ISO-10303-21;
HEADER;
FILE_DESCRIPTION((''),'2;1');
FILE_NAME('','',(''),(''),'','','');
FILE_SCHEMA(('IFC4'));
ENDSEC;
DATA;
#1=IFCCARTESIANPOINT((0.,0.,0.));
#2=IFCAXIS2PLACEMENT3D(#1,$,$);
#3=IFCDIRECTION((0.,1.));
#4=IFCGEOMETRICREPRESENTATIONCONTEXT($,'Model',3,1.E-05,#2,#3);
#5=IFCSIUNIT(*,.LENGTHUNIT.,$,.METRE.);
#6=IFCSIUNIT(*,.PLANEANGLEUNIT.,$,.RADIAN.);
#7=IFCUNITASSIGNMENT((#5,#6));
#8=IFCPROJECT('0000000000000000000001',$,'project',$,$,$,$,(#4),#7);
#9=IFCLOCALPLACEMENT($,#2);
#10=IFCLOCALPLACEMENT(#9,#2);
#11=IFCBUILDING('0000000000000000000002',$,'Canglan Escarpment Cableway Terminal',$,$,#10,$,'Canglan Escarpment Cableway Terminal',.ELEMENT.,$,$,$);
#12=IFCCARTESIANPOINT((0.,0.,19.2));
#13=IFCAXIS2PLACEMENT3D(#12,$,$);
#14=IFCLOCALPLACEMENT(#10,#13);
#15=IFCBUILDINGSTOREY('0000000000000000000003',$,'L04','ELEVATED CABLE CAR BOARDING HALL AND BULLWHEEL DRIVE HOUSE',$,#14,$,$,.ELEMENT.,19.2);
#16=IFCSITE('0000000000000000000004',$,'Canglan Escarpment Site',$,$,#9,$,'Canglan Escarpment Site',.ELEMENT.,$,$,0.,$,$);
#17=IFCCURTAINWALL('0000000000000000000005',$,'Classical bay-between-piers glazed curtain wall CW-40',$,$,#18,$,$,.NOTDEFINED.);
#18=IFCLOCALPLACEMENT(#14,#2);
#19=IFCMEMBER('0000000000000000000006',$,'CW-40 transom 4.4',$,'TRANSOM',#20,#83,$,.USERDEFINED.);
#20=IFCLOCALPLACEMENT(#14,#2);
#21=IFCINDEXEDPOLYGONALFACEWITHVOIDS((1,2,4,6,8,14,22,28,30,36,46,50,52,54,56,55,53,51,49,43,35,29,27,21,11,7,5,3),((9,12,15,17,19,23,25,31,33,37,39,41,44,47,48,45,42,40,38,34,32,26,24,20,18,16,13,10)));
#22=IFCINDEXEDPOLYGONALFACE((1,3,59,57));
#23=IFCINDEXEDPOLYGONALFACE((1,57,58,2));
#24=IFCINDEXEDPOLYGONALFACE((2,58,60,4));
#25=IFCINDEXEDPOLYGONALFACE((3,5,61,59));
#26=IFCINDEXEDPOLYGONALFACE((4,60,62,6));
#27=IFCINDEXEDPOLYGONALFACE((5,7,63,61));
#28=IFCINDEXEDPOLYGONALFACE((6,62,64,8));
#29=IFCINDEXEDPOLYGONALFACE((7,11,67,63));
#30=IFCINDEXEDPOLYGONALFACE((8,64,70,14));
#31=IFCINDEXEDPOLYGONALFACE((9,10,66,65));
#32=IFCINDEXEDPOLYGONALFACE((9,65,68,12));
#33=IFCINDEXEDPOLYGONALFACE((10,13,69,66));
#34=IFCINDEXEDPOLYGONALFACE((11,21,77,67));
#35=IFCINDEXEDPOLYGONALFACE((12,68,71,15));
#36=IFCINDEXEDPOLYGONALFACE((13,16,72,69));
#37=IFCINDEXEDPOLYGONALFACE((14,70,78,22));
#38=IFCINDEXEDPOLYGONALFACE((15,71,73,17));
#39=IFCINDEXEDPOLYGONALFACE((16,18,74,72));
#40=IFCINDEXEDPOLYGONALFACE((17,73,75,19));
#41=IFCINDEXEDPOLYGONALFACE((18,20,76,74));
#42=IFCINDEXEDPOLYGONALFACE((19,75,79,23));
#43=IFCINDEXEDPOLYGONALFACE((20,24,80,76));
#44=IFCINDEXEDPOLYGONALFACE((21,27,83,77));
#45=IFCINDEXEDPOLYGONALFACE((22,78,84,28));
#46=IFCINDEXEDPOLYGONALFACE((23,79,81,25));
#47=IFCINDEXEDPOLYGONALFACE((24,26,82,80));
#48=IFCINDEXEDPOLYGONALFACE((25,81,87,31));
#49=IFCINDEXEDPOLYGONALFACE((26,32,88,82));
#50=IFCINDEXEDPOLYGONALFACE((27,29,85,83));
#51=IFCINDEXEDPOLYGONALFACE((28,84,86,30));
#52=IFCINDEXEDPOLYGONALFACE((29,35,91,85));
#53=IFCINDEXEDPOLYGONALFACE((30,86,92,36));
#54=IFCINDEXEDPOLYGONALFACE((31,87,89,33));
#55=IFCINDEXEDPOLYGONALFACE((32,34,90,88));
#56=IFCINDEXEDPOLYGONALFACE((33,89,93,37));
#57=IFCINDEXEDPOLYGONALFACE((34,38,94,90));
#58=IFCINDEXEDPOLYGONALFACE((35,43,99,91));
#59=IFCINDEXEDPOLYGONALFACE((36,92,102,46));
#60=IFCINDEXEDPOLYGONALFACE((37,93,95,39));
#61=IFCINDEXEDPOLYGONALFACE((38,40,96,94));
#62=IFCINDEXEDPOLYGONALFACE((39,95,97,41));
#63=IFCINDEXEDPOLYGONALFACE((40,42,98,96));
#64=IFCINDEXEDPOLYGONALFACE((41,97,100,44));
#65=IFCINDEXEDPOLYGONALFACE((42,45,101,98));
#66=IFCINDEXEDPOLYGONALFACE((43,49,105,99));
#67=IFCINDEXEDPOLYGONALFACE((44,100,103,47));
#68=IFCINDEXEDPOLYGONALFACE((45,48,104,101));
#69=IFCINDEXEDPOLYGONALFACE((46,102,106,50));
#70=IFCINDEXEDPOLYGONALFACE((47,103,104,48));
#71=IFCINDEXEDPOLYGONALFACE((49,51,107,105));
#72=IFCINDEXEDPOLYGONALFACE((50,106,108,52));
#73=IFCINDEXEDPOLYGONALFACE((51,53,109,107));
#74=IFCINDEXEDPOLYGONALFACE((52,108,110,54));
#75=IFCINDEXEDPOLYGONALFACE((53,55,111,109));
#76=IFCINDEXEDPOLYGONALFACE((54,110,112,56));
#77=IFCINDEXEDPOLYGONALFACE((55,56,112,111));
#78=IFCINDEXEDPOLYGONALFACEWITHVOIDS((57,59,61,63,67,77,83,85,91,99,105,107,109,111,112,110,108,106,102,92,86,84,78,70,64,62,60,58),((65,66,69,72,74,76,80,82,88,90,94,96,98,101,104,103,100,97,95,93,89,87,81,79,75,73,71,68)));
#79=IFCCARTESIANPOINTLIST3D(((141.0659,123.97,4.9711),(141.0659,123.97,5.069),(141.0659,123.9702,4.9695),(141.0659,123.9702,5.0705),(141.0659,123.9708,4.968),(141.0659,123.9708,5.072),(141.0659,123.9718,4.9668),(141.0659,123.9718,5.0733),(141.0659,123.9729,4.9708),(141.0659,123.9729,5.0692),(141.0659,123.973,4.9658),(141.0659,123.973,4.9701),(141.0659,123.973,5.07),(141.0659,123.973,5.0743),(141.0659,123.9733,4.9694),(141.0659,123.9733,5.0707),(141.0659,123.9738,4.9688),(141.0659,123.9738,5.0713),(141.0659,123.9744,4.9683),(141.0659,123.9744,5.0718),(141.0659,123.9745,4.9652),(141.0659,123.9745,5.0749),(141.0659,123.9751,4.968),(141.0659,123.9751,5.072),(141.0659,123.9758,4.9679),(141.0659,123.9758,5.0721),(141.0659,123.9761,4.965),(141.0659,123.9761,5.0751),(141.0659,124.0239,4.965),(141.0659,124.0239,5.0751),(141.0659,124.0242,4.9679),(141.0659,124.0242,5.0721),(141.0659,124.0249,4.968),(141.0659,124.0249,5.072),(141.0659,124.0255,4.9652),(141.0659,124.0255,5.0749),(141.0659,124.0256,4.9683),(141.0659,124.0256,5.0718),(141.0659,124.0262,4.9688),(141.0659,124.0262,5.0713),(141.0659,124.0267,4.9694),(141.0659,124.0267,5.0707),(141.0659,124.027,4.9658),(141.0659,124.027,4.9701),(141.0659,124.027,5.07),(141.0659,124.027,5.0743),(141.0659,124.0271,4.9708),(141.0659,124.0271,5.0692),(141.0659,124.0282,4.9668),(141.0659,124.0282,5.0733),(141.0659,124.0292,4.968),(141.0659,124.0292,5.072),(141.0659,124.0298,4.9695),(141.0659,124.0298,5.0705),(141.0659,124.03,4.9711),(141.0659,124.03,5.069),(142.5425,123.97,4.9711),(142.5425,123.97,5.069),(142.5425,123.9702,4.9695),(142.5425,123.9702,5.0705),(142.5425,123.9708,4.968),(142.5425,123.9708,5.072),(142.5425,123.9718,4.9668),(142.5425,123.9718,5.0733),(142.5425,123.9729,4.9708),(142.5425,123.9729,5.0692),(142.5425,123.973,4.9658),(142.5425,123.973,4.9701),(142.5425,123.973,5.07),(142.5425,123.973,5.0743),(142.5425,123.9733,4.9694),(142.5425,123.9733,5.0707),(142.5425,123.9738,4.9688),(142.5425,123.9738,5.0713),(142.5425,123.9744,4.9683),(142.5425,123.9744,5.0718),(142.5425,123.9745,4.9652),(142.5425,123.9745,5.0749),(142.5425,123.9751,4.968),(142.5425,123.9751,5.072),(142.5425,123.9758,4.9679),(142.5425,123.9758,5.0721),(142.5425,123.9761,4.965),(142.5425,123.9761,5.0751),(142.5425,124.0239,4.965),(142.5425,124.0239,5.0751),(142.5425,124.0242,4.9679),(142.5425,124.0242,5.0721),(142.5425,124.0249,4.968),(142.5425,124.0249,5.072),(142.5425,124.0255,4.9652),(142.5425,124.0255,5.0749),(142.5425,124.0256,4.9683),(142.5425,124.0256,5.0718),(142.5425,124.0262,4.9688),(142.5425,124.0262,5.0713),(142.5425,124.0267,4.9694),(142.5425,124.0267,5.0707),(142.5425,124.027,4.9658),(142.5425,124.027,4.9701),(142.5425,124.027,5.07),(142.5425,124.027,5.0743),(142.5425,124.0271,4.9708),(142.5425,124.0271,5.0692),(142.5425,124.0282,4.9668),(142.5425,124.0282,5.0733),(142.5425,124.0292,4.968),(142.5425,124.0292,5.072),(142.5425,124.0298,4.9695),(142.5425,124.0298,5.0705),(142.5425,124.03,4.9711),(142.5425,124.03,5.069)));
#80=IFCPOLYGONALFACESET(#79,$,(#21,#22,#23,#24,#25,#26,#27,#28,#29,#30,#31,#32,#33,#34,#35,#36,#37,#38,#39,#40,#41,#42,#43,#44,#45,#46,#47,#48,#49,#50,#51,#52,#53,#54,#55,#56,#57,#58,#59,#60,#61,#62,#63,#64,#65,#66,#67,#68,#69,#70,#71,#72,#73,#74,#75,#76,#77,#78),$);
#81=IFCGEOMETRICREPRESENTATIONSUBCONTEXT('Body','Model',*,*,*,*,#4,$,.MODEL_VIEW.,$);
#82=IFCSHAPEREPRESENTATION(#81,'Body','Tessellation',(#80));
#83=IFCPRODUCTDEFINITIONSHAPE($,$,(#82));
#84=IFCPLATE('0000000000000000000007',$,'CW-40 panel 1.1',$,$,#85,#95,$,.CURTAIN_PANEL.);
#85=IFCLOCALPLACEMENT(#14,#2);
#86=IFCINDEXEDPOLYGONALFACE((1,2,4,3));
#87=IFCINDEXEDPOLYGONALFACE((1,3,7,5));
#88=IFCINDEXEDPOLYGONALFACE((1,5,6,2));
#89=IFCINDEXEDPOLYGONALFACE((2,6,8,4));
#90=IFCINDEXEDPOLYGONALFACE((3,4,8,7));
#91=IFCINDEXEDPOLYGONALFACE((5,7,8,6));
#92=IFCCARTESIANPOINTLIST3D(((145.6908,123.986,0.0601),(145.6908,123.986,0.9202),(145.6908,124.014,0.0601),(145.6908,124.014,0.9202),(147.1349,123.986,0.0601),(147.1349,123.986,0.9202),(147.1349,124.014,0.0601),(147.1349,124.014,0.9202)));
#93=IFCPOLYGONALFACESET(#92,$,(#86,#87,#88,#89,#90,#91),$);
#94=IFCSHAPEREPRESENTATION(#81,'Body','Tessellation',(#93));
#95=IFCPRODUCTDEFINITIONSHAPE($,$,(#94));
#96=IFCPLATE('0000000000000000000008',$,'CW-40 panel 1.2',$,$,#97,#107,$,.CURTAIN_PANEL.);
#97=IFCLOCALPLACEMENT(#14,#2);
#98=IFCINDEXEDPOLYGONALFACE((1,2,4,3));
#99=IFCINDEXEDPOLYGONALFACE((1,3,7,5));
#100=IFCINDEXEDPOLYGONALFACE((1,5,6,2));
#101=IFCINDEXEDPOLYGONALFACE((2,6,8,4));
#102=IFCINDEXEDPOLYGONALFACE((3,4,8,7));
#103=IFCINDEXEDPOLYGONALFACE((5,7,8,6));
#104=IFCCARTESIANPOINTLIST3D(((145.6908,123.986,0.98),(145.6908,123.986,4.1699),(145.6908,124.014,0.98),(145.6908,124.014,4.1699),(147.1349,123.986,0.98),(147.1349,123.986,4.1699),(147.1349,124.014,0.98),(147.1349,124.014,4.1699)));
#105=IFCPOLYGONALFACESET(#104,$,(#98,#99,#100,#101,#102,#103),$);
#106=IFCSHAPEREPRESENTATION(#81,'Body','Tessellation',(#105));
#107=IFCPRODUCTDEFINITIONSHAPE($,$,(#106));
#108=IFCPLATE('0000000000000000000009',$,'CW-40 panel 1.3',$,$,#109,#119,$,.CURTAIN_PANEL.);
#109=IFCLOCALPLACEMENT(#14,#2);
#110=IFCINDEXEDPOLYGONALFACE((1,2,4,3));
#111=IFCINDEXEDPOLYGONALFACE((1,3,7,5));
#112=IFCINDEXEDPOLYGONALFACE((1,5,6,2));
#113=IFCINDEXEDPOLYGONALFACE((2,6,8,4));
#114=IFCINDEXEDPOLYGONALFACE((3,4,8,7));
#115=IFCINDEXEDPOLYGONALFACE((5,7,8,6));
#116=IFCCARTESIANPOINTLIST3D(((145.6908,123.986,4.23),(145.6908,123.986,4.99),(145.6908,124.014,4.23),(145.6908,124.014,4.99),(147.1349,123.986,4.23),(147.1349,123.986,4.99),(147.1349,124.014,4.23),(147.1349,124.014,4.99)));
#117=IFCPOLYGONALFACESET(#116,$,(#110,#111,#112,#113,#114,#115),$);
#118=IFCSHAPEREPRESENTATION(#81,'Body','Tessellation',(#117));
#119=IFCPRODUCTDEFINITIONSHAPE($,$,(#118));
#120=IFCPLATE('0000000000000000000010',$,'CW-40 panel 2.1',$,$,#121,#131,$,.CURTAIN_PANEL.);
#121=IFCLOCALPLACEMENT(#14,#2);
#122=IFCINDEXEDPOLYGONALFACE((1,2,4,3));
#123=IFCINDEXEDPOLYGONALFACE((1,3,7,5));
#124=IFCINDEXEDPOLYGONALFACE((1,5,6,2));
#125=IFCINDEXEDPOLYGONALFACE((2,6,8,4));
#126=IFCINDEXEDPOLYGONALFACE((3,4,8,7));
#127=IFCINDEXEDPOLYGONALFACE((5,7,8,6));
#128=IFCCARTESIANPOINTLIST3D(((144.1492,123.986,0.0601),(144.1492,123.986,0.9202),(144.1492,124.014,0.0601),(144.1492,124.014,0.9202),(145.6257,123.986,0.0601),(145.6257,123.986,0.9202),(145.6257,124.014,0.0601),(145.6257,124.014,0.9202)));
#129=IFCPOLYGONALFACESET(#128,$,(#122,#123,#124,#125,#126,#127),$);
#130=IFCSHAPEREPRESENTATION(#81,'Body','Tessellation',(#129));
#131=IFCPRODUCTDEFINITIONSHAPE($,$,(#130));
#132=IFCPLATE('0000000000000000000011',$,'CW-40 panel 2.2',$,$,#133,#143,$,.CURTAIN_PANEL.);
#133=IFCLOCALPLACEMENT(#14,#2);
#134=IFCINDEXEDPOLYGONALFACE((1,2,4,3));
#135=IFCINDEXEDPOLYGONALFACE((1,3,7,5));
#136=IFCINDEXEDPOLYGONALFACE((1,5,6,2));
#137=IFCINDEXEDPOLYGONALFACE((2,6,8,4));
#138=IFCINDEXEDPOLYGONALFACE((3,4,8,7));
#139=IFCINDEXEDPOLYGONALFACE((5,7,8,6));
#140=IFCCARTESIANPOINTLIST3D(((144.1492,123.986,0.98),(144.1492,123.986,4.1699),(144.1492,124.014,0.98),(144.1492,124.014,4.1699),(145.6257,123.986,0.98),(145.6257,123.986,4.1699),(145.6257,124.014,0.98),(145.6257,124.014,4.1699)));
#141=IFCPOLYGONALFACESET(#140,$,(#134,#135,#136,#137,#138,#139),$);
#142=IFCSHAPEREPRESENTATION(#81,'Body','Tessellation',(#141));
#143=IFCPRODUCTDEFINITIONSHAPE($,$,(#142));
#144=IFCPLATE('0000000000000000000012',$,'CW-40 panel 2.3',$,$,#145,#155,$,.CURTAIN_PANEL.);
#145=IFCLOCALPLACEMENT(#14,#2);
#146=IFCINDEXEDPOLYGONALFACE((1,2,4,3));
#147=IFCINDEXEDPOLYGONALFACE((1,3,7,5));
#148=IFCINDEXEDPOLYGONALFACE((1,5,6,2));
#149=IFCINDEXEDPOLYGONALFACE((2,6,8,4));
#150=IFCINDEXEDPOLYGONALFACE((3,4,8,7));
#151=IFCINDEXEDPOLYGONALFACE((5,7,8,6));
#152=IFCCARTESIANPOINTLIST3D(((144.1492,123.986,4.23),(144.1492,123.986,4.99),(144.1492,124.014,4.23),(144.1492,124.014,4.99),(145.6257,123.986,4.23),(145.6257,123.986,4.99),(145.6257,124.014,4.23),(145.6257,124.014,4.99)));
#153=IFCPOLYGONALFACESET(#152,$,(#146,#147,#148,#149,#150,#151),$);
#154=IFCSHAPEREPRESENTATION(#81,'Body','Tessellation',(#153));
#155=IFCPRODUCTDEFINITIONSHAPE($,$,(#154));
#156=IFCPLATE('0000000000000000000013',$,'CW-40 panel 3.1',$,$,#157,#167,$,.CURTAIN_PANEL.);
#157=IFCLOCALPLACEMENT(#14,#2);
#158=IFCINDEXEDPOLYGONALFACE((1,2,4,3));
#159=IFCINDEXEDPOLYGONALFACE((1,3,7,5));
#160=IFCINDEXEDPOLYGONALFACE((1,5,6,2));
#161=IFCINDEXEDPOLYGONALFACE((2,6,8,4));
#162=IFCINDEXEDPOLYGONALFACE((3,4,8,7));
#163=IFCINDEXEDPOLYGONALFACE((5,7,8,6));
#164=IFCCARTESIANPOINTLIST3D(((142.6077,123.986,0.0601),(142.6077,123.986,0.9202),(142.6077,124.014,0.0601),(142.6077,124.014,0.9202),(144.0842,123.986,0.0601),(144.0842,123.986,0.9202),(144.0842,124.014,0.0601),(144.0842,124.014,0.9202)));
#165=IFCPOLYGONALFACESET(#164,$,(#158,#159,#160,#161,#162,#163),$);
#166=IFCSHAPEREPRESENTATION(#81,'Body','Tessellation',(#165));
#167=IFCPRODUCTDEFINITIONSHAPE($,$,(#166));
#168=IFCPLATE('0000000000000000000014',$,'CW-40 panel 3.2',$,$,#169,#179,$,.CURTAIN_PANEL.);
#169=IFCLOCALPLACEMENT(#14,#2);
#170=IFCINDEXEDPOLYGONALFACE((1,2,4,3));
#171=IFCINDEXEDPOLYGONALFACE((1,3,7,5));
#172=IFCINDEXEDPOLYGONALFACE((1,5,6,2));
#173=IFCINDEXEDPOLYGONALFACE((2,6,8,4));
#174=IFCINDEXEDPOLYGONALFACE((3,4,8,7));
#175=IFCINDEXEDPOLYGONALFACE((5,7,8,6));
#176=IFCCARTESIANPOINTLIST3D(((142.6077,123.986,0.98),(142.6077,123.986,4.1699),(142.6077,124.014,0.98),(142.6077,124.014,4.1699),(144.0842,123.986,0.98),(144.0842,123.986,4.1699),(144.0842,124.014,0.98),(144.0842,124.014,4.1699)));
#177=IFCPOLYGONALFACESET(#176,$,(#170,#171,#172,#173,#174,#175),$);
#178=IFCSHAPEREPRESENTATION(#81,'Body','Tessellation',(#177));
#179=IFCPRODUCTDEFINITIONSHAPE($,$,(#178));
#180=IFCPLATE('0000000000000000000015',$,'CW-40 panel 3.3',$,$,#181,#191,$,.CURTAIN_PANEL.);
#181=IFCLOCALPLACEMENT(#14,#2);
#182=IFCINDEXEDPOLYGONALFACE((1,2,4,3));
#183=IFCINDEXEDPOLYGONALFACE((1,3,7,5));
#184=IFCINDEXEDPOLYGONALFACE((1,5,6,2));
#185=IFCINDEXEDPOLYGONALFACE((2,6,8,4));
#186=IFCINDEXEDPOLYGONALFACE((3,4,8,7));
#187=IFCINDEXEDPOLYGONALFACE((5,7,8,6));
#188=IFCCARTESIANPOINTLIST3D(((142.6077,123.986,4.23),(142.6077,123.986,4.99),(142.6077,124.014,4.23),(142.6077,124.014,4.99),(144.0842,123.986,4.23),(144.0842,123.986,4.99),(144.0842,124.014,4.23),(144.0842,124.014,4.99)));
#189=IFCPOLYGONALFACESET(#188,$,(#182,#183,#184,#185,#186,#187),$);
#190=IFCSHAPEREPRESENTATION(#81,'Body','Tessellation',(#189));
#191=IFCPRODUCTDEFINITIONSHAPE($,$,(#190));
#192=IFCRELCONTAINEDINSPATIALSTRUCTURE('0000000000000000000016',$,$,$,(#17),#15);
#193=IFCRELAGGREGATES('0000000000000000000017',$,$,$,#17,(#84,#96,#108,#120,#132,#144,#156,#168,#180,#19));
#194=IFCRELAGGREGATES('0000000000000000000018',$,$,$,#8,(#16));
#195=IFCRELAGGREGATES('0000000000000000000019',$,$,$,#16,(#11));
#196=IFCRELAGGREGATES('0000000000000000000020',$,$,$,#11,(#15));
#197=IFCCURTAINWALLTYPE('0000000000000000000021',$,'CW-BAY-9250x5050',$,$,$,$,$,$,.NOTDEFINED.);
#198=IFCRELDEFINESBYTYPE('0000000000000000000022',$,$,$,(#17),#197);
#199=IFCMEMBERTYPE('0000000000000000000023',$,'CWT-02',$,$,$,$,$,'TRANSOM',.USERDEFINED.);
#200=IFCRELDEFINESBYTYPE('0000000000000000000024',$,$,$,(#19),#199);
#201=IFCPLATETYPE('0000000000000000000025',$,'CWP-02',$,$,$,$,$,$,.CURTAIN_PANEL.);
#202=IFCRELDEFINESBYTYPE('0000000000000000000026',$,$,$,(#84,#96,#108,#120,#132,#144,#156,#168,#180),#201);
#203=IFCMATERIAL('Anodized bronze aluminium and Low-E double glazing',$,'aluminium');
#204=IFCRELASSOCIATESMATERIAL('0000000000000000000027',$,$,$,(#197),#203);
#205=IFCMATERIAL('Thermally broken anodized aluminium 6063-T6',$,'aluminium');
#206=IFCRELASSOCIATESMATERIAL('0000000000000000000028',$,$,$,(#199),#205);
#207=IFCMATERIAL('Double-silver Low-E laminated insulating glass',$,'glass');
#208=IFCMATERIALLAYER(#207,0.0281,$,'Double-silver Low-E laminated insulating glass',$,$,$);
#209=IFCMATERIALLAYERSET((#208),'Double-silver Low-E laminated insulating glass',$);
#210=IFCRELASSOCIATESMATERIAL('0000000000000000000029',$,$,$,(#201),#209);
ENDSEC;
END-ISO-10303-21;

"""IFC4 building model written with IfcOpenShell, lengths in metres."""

from ifc_helpers import new_model, si_unit, direction, frame, origin, origin_2d, place, context, subcontext, project, spatial, rectangle, hollow_rectangle, extrude, material, layer, layer_set, material_profile, profile_set, type_object, element, aggregate, save


model = new_model("IFC4")

# Units and contexts
model_context = context("Model", 3, precision=1e-05, world=origin(), true_north=direction((0.0, 1.0)))
body_context = subcontext(model_context, "Body", "Model", "MODEL_VIEW")
ifc_project = project(units=[si_unit("LENGTHUNIT", "METRE"), si_unit("PLANEANGLEUNIT", "RADIAN")], contexts=[model_context])

# Site, building, storey
site_placement = place(None, origin())
site = spatial("IfcSite", under=ifc_project, at=site_placement, Name="Canglan Escarpment Site", LongName="Canglan Escarpment Site", CompositionType="ELEMENT", RefElevation=0.0)
building_placement = place(site_placement, origin())
building = spatial("IfcBuilding", under=site, at=building_placement, Name="Canglan Escarpment Cableway Terminal", LongName="Canglan Escarpment Cableway Terminal", CompositionType="ELEMENT")
storey_placement = place(building_placement, frame((0.0, 0.0, 19.2)))
storey = spatial("IfcBuildingStorey", under=building, at=storey_placement, Name="L04", Description="ELEVATED CABLE CAR BOARDING HALL AND BULLWHEEL DRIVE HOUSE", CompositionType="ELEMENT", Elevation=19.2)

# Curtain wall, member, plates
ifc_material_1 = material(Name="Anodized bronze aluminium and Low-E double glazing", Category="aluminium")
curtain_wall_type = type_object("IfcCurtainWallType", Name="CW-BAY-9250x5050", PredefinedType="NOTDEFINED", material=ifc_material_1)
curtain_wall_placement = place(storey_placement, origin())
curtain_wall = element("IfcCurtainWall", 1, at=curtain_wall_placement, inside=storey, type_object=curtain_wall_type, Name="Classical bay-between-piers glazed curtain wall CW-40", PredefinedType="NOTDEFINED")
ifc_material_2 = material(Name="Thermally broken anodized aluminium 6063-T6", Category="aluminium")
ifc_material_profile_1 = material_profile(ifc_material_2, hollow_rectangle(XDim=0.0601, YDim=0.1101, WallThickness=0.0029, InnerFilletRadius=0.0029, OuterFilletRadius=0.0061, at=origin_2d()), Name="ALU-TRAN 60x110x3")
ifc_profile_set_1 = profile_set([ifc_material_profile_1], Name="Thermally broken anodized aluminium 6063-T6")
member_type_1 = type_object("IfcMemberType", Name="CWT-02", ElementType="TRANSOM", PredefinedType="USERDEFINED", material=ifc_profile_set_1)
member_1_placement = place(storey_placement, frame((142.5425, 124.0, 5.02), z_axis=(-1.0, 0.0, 0.0), x_axis=(0.0, -1.0, 0.0)))
member_1 = element("IfcMember", 2, at=member_1_placement, type_object=member_type_1, Name="CW-40 transom 4.4", ObjectType="TRANSOM", PredefinedType="USERDEFINED", context=body_context, shape_type="SweptSolid", body=[
    extrude(hollow_rectangle(XDim=0.0601, YDim=0.1101, WallThickness=0.0029, InnerFilletRadius=0.0029, OuterFilletRadius=0.0061, at=origin_2d()), origin(), (0.0, 0.0, 1.0), 1.4766),
])
ifc_material_3 = material(Name="Double-silver Low-E laminated insulating glass", Category="glass")
ifc_layer_1 = layer(ifc_material_3, 0.0281, Name="Double-silver Low-E laminated insulating glass")
ifc_layer_set_1 = layer_set([ifc_layer_1], Name="Double-silver Low-E laminated insulating glass")
plate_type = type_object("IfcPlateType", Name="CWP-02", PredefinedType="CURTAIN_PANEL", material=ifc_layer_set_1)
plate_1_placement = place(storey_placement, frame((146.4128, 124.0, 0.0601), z_axis=(0.0, 0.0, 1.0), x_axis=(-1.0, 0.0, 0.0)))
plate_1 = element("IfcPlate", 3, at=plate_1_placement, type_object=plate_type, Name="CW-40 panel 1.1", PredefinedType="CURTAIN_PANEL", context=body_context, shape_type="SweptSolid", body=[
    extrude(rectangle(XDim=1.4441, YDim=0.0281, at=origin_2d()), origin(), (0.0, 0.0, 1.0), 0.8601),
])
plate_2_placement = place(storey_placement, frame((146.4128, 124.0, 0.98), z_axis=(0.0, 0.0, 1.0), x_axis=(-1.0, 0.0, 0.0)))
plate_2 = element("IfcPlate", 4, at=plate_2_placement, type_object=plate_type, Name="CW-40 panel 1.2", PredefinedType="CURTAIN_PANEL", context=body_context, shape_type="SweptSolid", body=[
    extrude(rectangle(XDim=1.4441, YDim=0.0281, at=origin_2d()), origin(), (0.0, 0.0, 1.0), 3.1899),
])
plate_3_placement = place(storey_placement, frame((146.4128, 124.0, 4.23), z_axis=(0.0, 0.0, 1.0), x_axis=(-1.0, 0.0, 0.0)))
plate_3 = element("IfcPlate", 5, at=plate_3_placement, type_object=plate_type, Name="CW-40 panel 1.3", PredefinedType="CURTAIN_PANEL", context=body_context, shape_type="SweptSolid", body=[
    extrude(rectangle(XDim=1.4441, YDim=0.0281, at=origin_2d()), origin(), (0.0, 0.0, 1.0), 0.76),
])
plate_4_placement = place(storey_placement, frame((144.8875, 124.0, 0.0601), z_axis=(0.0, 0.0, 1.0), x_axis=(-1.0, 0.0, 0.0)))
plate_4 = element("IfcPlate", 6, at=plate_4_placement, type_object=plate_type, Name="CW-40 panel 2.1", PredefinedType="CURTAIN_PANEL", context=body_context, shape_type="SweptSolid", body=[
    extrude(rectangle(XDim=1.4766, YDim=0.0281, at=origin_2d()), origin(), (0.0, 0.0, 1.0), 0.8601),
])
plate_5_placement = place(storey_placement, frame((144.8875, 124.0, 0.98), z_axis=(0.0, 0.0, 1.0), x_axis=(-1.0, 0.0, 0.0)))
plate_5 = element("IfcPlate", 7, at=plate_5_placement, type_object=plate_type, Name="CW-40 panel 2.2", PredefinedType="CURTAIN_PANEL", context=body_context, shape_type="SweptSolid", body=[
    extrude(rectangle(XDim=1.4766, YDim=0.0281, at=origin_2d()), origin(), (0.0, 0.0, 1.0), 3.1899),
])
plate_6_placement = place(storey_placement, frame((144.8875, 124.0, 4.23), z_axis=(0.0, 0.0, 1.0), x_axis=(-1.0, 0.0, 0.0)))
plate_6 = element("IfcPlate", 8, at=plate_6_placement, type_object=plate_type, Name="CW-40 panel 2.3", PredefinedType="CURTAIN_PANEL", context=body_context, shape_type="SweptSolid", body=[
    extrude(rectangle(XDim=1.4766, YDim=0.0281, at=origin_2d()), origin(), (0.0, 0.0, 1.0), 0.76),
])
plate_7_placement = place(storey_placement, frame((143.3459, 124.0, 0.0601), z_axis=(0.0, 0.0, 1.0), x_axis=(-1.0, 0.0, 0.0)))
plate_7 = element("IfcPlate", 9, at=plate_7_placement, type_object=plate_type, Name="CW-40 panel 3.1", PredefinedType="CURTAIN_PANEL", context=body_context, shape_type="SweptSolid", body=[
    extrude(rectangle(XDim=1.4766, YDim=0.0281, at=origin_2d()), origin(), (0.0, 0.0, 1.0), 0.8601),
])
plate_8_placement = place(storey_placement, frame((143.3459, 124.0, 0.98), z_axis=(0.0, 0.0, 1.0), x_axis=(-1.0, 0.0, 0.0)))
plate_8 = element("IfcPlate", 10, at=plate_8_placement, type_object=plate_type, Name="CW-40 panel 3.2", PredefinedType="CURTAIN_PANEL", context=body_context, shape_type="SweptSolid", body=[
    extrude(rectangle(XDim=1.4766, YDim=0.0281, at=origin_2d()), origin(), (0.0, 0.0, 1.0), 3.1899),
])
plate_9_placement = place(storey_placement, frame((143.3459, 124.0, 4.23), z_axis=(0.0, 0.0, 1.0), x_axis=(-1.0, 0.0, 0.0)))
plate_9 = element("IfcPlate", 11, at=plate_9_placement, type_object=plate_type, Name="CW-40 panel 3.3", PredefinedType="CURTAIN_PANEL", context=body_context, shape_type="SweptSolid", body=[
    extrude(rectangle(XDim=1.4766, YDim=0.0281, at=origin_2d()), origin(), (0.0, 0.0, 1.0), 0.76),
])
aggregate(curtain_wall, [plate_1, plate_2, plate_3, plate_4, plate_5, plate_6, plate_7, plate_8, plate_9, member_1])

save(model, "model.ifc")
